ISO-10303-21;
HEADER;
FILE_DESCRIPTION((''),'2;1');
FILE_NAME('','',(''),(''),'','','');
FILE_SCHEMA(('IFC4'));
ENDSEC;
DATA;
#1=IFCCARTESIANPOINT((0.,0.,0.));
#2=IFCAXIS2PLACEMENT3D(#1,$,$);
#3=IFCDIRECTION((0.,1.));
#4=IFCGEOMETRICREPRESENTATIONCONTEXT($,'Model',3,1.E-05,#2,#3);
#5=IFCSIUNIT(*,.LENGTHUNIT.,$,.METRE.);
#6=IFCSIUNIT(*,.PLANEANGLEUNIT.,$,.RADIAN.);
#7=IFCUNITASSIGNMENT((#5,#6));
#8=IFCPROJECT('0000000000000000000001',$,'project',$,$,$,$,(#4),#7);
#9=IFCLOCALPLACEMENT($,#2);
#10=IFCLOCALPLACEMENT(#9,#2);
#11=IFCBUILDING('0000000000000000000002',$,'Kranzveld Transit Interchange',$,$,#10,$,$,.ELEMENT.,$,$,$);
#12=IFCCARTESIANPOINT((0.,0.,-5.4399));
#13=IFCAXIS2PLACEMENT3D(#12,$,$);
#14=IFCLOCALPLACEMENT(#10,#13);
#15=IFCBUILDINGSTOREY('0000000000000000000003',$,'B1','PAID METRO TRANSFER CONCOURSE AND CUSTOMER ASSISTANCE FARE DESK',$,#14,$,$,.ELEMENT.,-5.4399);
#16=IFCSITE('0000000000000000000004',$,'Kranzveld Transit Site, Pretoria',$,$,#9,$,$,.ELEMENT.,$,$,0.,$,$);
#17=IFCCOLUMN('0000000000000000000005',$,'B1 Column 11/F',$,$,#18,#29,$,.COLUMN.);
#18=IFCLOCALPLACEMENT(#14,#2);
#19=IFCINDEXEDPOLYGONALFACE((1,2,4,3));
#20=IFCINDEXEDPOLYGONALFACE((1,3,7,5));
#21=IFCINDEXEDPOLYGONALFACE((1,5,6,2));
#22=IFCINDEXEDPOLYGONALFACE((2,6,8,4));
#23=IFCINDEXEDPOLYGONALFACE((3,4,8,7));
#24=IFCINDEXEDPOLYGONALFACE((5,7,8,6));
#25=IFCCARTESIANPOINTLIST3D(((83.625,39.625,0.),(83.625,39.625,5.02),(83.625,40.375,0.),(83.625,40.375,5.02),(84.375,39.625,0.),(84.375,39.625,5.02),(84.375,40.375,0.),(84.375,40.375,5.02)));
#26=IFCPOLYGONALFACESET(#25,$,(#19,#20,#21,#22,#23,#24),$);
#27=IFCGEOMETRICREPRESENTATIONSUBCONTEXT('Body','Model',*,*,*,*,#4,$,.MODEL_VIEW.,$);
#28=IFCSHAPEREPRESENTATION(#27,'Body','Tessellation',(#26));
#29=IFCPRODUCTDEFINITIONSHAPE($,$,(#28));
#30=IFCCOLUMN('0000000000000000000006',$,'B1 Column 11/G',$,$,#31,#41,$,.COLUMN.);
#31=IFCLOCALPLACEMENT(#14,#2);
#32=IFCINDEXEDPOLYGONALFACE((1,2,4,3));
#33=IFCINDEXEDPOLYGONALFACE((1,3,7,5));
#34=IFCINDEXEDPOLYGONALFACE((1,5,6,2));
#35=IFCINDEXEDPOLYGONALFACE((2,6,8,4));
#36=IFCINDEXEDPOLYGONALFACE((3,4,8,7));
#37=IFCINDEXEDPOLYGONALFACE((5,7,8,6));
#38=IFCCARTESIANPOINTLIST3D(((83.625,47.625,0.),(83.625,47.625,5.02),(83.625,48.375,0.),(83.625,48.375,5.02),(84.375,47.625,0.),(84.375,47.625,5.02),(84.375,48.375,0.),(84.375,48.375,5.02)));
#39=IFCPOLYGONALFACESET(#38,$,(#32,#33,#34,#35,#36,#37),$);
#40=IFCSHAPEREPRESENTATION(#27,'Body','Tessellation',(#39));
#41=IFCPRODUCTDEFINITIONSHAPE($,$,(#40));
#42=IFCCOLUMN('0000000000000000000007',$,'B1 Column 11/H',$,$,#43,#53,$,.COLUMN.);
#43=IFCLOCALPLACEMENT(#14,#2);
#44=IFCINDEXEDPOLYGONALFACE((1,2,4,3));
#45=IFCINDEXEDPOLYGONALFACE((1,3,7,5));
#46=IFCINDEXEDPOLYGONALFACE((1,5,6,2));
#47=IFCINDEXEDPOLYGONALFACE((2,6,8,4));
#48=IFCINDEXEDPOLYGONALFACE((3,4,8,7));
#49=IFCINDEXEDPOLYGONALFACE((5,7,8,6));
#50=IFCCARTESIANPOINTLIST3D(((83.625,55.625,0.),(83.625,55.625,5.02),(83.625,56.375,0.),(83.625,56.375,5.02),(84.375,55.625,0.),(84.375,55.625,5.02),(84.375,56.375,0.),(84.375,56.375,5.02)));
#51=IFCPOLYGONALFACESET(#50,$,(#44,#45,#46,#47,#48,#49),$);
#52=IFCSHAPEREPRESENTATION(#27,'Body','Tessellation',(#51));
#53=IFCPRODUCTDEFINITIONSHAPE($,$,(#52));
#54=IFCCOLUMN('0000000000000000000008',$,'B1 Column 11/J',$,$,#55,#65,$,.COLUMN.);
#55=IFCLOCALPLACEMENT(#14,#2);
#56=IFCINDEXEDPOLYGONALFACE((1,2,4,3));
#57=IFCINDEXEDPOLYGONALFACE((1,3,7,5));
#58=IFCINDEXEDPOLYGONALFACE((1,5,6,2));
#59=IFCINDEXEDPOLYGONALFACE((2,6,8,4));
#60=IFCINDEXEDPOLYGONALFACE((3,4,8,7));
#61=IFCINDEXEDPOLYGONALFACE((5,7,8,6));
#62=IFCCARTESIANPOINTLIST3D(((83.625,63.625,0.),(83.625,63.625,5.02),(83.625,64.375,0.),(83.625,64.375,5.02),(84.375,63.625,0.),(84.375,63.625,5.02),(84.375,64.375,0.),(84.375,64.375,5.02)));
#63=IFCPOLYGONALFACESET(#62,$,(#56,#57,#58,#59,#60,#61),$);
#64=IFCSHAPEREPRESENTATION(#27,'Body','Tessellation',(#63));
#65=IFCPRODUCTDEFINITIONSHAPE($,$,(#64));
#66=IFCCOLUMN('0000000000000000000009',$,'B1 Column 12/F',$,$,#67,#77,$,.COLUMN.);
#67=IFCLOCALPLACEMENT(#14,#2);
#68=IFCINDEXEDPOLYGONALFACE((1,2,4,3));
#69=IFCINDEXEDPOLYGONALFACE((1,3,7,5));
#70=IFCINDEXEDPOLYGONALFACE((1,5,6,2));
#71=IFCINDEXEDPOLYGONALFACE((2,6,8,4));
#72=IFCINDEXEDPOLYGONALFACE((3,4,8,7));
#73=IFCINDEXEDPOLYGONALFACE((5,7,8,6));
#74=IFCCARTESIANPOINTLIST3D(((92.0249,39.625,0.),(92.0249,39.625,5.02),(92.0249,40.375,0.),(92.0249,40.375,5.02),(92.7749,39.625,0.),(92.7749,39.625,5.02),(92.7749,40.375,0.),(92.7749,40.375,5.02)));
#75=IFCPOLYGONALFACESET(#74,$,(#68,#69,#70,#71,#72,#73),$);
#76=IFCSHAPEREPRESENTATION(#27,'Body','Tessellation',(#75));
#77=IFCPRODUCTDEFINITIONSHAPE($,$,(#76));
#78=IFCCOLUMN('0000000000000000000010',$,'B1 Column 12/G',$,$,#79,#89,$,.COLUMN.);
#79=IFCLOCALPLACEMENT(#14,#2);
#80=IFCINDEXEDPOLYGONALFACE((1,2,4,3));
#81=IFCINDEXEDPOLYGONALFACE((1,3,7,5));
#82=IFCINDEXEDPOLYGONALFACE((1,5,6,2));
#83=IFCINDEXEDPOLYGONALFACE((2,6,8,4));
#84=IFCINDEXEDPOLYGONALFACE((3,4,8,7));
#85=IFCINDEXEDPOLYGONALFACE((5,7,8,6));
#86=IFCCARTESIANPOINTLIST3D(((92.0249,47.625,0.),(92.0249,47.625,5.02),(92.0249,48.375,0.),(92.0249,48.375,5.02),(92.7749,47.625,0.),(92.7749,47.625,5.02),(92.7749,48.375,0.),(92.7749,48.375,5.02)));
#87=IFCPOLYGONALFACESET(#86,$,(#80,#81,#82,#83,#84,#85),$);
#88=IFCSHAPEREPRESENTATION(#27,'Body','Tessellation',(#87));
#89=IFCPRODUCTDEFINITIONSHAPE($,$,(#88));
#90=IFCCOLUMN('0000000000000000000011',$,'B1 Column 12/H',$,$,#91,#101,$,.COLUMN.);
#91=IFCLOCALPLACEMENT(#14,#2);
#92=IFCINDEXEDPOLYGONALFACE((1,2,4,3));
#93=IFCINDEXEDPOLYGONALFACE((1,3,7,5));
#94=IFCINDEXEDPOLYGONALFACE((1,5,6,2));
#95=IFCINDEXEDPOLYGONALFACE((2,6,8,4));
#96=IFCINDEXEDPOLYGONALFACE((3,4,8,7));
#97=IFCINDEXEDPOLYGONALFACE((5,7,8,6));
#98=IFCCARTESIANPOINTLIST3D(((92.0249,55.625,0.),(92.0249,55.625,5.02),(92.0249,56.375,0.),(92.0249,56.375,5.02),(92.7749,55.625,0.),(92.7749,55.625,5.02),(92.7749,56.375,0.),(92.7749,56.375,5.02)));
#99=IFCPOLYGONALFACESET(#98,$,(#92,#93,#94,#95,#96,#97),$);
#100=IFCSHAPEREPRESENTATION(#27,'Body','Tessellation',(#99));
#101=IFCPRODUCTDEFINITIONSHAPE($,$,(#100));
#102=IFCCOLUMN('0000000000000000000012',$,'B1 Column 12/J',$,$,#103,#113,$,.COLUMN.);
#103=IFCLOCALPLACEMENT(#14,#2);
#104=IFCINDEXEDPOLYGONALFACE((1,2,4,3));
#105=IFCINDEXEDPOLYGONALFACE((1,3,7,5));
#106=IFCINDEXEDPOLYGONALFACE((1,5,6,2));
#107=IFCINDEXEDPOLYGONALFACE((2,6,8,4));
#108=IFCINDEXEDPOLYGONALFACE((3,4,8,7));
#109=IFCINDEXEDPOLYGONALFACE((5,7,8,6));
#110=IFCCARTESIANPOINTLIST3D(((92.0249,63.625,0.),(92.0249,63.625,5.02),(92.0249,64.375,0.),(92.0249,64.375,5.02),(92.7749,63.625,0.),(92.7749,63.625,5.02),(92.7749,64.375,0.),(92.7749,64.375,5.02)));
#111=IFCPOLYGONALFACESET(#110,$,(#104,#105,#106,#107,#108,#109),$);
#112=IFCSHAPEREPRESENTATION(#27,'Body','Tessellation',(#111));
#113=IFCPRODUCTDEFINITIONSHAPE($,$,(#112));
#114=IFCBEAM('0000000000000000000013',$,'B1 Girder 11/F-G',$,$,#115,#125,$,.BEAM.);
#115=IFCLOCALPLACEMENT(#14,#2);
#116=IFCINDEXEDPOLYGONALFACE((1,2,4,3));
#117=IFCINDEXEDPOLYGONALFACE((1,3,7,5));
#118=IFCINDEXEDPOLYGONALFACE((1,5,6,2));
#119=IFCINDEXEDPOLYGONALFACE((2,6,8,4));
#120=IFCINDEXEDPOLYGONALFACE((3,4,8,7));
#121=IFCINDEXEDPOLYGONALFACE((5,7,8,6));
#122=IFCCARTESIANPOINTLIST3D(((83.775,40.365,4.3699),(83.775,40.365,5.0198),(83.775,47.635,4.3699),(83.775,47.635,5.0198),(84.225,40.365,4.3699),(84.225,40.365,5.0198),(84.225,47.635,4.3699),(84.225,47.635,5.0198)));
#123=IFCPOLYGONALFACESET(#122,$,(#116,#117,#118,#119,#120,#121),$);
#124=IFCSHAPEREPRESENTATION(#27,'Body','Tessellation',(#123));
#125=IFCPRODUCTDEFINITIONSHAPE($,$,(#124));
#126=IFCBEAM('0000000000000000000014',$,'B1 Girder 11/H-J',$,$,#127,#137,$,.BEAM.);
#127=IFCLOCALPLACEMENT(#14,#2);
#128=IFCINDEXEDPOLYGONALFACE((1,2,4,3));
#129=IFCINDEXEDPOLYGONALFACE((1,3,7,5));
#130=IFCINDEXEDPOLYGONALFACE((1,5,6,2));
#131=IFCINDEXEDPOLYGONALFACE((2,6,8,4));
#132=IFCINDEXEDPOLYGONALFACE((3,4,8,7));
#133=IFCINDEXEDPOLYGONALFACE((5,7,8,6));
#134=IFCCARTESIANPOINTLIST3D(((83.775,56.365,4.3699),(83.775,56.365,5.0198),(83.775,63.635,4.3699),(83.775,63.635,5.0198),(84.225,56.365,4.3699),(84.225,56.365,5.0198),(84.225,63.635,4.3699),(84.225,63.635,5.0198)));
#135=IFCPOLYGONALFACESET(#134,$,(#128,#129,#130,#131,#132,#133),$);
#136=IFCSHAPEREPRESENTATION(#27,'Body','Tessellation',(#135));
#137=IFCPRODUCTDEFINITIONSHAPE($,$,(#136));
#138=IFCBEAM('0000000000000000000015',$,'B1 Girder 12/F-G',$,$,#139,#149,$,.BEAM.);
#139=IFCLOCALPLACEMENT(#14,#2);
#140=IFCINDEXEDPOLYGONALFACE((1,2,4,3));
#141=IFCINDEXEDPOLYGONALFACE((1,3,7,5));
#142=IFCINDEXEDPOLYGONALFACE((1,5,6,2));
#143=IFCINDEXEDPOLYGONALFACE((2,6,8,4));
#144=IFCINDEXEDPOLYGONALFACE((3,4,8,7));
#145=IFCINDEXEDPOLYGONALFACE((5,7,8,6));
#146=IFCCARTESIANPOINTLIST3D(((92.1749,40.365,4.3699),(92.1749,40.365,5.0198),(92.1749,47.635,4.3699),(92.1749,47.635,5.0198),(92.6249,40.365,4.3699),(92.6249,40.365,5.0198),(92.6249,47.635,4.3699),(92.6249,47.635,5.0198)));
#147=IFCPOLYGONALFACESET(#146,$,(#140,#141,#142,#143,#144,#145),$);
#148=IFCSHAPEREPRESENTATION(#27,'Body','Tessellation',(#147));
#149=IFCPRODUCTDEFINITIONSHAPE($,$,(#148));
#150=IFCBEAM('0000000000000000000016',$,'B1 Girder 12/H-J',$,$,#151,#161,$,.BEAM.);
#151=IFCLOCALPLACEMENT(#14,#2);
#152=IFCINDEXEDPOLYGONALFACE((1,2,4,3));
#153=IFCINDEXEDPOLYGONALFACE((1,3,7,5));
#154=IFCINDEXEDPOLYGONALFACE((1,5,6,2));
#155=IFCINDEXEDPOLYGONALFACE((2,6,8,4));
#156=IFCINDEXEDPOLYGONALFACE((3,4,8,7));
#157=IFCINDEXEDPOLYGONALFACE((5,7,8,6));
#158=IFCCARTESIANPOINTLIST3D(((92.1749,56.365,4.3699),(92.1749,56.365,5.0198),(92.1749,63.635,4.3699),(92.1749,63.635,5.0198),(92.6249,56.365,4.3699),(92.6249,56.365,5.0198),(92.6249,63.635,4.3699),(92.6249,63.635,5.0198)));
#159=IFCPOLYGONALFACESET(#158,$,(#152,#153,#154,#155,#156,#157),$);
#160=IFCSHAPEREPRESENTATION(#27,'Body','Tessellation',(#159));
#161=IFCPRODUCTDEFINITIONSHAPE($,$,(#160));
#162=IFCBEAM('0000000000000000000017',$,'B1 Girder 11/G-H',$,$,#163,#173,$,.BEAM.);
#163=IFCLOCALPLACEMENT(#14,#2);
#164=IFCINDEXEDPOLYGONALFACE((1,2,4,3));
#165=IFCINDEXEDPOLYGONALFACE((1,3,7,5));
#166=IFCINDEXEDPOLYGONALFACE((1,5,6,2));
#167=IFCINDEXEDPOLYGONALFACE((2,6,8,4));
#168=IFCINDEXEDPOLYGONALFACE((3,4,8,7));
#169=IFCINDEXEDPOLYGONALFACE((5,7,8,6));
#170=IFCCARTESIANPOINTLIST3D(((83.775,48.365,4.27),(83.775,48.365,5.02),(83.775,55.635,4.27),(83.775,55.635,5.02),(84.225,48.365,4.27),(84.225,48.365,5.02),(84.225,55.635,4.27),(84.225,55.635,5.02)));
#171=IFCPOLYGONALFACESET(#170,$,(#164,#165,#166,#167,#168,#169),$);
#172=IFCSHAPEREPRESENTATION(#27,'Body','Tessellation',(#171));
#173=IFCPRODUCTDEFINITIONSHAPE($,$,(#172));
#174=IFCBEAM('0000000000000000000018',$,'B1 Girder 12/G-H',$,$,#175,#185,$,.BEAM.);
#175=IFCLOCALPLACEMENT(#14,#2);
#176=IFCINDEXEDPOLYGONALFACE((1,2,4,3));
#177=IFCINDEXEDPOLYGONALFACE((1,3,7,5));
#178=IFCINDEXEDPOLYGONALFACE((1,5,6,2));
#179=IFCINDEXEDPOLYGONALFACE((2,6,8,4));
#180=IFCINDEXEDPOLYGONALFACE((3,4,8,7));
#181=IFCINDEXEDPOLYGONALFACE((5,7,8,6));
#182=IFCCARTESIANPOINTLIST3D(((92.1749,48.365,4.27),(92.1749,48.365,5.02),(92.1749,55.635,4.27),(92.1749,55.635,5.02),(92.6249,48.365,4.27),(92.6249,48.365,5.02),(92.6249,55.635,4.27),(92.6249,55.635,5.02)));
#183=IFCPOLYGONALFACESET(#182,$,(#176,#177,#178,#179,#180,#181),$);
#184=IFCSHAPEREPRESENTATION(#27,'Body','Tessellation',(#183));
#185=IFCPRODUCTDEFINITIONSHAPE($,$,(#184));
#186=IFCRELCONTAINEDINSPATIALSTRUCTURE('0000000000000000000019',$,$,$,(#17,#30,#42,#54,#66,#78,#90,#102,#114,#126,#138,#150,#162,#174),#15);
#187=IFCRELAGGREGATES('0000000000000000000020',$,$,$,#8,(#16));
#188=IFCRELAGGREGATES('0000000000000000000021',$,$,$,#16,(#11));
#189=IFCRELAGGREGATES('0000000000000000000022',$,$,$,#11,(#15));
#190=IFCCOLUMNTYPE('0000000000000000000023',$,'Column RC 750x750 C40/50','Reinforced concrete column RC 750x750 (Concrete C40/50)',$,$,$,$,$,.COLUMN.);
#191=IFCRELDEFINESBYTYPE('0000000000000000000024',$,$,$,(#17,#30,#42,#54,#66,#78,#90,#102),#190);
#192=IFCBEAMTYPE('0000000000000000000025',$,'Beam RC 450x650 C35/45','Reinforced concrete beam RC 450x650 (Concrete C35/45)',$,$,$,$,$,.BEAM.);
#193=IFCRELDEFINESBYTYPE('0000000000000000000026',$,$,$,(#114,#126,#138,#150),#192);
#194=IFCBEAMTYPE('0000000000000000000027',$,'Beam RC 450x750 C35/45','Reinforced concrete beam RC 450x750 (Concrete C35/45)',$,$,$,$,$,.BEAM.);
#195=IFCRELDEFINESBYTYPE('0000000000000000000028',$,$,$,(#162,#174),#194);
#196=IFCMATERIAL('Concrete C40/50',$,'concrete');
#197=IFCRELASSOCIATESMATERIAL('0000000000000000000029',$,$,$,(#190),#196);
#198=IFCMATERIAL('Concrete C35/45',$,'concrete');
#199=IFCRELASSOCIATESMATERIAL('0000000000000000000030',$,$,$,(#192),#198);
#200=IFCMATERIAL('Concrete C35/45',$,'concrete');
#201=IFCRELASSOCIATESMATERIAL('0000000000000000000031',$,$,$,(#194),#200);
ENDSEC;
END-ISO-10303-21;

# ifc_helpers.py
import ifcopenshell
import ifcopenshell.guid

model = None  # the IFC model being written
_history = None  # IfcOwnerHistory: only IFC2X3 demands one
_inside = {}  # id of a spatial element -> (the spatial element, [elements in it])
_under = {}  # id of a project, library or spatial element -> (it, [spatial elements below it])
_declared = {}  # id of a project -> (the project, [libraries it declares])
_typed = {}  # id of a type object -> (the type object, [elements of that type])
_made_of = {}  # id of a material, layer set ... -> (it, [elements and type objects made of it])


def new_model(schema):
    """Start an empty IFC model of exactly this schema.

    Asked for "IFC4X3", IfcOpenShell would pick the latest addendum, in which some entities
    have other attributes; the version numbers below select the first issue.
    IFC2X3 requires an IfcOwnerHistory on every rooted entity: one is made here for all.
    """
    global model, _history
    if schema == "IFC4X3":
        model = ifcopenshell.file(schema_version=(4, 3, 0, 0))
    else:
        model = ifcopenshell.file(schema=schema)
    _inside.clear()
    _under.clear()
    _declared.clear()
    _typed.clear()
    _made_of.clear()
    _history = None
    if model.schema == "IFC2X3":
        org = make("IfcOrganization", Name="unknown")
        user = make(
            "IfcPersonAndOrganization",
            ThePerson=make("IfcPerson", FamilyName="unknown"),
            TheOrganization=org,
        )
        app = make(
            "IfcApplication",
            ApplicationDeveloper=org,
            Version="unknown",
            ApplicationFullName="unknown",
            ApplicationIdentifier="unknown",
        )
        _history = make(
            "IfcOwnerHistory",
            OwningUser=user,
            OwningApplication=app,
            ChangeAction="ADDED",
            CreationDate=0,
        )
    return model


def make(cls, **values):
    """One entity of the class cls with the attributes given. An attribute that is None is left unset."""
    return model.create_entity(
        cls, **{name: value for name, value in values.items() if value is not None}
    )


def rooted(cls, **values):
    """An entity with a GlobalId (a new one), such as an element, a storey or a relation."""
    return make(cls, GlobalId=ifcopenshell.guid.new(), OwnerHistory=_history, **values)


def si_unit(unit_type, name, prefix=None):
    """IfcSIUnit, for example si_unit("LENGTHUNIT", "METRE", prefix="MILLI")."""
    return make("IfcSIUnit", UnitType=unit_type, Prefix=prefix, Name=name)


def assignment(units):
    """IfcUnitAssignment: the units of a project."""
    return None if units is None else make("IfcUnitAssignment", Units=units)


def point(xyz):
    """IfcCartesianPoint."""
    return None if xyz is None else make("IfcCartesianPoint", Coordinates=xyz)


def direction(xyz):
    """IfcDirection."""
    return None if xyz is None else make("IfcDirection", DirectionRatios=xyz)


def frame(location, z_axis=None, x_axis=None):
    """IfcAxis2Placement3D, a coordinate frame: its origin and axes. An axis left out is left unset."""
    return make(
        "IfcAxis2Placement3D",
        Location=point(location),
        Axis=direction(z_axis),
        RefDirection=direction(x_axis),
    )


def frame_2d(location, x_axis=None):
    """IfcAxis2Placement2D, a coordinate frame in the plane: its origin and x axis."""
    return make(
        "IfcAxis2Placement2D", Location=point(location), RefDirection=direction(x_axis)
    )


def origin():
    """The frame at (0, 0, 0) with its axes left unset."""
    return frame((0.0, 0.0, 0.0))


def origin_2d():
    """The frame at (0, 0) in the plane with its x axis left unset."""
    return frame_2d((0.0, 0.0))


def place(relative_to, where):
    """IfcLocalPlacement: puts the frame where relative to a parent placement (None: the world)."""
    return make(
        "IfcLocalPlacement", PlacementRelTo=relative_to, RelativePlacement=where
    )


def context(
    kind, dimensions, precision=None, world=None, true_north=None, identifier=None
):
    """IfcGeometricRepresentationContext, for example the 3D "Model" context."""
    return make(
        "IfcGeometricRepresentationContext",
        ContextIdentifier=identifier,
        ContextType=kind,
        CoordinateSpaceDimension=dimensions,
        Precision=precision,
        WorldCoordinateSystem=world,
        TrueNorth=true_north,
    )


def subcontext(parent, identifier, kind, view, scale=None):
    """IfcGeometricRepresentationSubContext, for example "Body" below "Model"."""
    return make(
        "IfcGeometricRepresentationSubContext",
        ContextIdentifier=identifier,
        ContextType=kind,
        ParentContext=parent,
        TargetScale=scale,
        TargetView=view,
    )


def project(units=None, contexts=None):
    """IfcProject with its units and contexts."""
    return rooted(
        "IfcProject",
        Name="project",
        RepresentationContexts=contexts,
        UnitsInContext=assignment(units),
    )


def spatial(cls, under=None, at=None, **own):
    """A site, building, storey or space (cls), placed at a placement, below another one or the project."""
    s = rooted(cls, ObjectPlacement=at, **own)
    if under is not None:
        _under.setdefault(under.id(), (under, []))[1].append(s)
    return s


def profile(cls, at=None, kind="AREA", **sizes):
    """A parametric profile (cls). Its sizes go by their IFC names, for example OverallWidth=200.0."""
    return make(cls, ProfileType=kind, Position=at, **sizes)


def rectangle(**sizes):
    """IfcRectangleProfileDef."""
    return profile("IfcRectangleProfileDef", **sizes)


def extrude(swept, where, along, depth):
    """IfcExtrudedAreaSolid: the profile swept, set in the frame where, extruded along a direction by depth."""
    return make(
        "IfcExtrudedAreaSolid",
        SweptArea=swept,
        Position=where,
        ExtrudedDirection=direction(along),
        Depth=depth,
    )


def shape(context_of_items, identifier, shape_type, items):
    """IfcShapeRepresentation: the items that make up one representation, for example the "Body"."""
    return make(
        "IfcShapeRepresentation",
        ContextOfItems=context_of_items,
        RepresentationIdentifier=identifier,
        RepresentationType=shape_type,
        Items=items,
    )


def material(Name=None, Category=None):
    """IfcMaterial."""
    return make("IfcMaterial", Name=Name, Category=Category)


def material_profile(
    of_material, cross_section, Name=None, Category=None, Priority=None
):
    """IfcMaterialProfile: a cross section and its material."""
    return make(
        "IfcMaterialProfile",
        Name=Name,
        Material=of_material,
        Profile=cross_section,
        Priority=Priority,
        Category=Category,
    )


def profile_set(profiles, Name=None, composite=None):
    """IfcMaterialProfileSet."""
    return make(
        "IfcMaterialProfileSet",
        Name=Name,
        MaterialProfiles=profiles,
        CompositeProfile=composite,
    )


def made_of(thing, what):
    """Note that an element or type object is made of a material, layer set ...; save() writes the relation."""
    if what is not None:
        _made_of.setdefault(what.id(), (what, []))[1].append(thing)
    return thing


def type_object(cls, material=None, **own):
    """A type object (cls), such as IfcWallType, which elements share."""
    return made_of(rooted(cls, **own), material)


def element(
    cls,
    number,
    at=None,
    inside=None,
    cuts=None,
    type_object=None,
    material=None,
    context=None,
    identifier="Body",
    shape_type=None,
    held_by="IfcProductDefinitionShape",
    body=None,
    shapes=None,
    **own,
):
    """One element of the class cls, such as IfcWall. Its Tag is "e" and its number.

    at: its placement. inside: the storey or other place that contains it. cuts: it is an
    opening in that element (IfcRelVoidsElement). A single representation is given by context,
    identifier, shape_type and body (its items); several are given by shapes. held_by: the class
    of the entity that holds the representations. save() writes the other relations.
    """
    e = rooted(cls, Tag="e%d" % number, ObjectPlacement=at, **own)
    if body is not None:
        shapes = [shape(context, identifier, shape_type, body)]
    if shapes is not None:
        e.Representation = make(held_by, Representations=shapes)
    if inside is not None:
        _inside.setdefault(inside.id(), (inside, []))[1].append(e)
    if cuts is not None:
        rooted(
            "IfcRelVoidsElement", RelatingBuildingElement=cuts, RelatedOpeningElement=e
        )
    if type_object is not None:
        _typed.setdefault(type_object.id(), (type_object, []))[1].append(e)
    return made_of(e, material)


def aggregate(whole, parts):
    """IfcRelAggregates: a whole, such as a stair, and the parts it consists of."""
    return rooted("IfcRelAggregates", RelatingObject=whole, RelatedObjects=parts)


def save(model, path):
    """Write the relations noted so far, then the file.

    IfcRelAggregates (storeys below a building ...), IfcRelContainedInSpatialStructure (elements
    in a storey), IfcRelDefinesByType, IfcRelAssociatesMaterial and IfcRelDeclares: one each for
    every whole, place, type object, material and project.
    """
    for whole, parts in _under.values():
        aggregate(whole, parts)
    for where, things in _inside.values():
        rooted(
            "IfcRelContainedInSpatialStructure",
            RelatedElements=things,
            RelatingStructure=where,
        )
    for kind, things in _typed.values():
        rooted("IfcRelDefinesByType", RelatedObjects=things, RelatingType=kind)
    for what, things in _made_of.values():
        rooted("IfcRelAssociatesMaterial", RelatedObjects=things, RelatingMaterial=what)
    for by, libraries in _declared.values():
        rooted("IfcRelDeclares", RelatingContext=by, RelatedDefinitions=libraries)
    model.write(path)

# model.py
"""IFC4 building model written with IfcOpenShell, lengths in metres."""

from ifc_helpers import new_model, si_unit, direction, frame, origin, origin_2d, place, context, subcontext, project, spatial, rectangle, extrude, material, material_profile, profile_set, type_object, element, save


model = new_model("IFC4")

# Units and contexts
model_context = context("Model", 3, precision=1e-05, world=origin(), true_north=direction((0.0, 1.0)))
body_context = subcontext(model_context, "Body", "Model", "MODEL_VIEW")
ifc_project = project(units=[si_unit("LENGTHUNIT", "METRE"), si_unit("PLANEANGLEUNIT", "RADIAN")], contexts=[model_context])

# Site, building, storey
site_placement = place(None, origin())
site = spatial("IfcSite", under=ifc_project, at=site_placement, Name="Kranzveld Transit Site, Pretoria", CompositionType="ELEMENT", RefElevation=0.0)
building_placement = place(site_placement, origin())
building = spatial("IfcBuilding", under=site, at=building_placement, Name="Kranzveld Transit Interchange", CompositionType="ELEMENT")
storey_placement = place(building_placement, frame((0.0, 0.0, -5.4399)))
storey = spatial("IfcBuildingStorey", under=building, at=storey_placement, Name="B1", Description="PAID METRO TRANSFER CONCOURSE AND CUSTOMER ASSISTANCE FARE DESK", CompositionType="ELEMENT", Elevation=-5.4399)

# Columns
ifc_material_1 = material(Name="Concrete C40/50", Category="concrete")
ifc_material_profile_1 = material_profile(ifc_material_1, rectangle(XDim=0.75, YDim=0.75, at=origin_2d()), Name="RC 750x750")
ifc_profile_set_1 = profile_set([ifc_material_profile_1], Name="Concrete C40/50")
column_type = type_object("IfcColumnType", Name="Column RC 750x750 C40/50", Description="Reinforced concrete column RC 750x750 (Concrete C40/50)", PredefinedType="COLUMN", material=ifc_profile_set_1)
for number, where, z_axis, x_axis, name in (
    (1, (84.0, 40.0, 0.0), (0.0, 0.0, 1.0), (1.0, 0.0, 0.0), "B1 Column 11/F"),
    (2, (84.0, 48.0, 0.0), (0.0, 0.0, 1.0), (1.0, 0.0, 0.0), "B1 Column 11/G"),
    (3, (84.0, 56.0, 0.0), (0.0, 0.0, 1.0), (1.0, 0.0, 0.0), "B1 Column 11/H"),
    (4, (84.0, 64.0, 0.0), (0.0, 0.0, 1.0), (1.0, 0.0, 0.0), "B1 Column 11/J"),
    (5, (92.3999, 40.0, 0.0), (0.0, 0.0, 1.0), (1.0, 0.0, 0.0), "B1 Column 12/F"),
    (6, (92.3999, 48.0, 0.0), (0.0, 0.0, 1.0), (1.0, 0.0, 0.0), "B1 Column 12/G"),
    (7, (92.3999, 56.0, 0.0), (0.0, 0.0, 1.0), (1.0, 0.0, 0.0), "B1 Column 12/H"),
    (8, (92.3999, 64.0, 0.0), (0.0, 0.0, 1.0), (1.0, 0.0, 0.0), "B1 Column 12/J"),
):
    element("IfcColumn", number, at=place(storey_placement, frame(where, z_axis=z_axis, x_axis=x_axis)), inside=storey, type_object=column_type, Name=name, PredefinedType="COLUMN", context=body_context, shape_type="SweptSolid", body=[
        extrude(rectangle(XDim=0.75, YDim=0.75, at=origin_2d()), origin(), (0.0, 0.0, 1.0), 5.02),
    ])

# Beams
ifc_material_2 = material(Name="Concrete C35/45", Category="concrete")
ifc_material_profile_2 = material_profile(ifc_material_2, rectangle(XDim=0.45, YDim=0.6499, at=origin_2d()), Name="RC 450x650")
ifc_profile_set_2 = profile_set([ifc_material_profile_2], Name="Concrete C35/45")
beam_type_1 = type_object("IfcBeamType", Name="Beam RC 450x650 C35/45", Description="Reinforced concrete beam RC 450x650 (Concrete C35/45)", PredefinedType="BEAM", material=ifc_profile_set_2)
for number, where, z_axis, x_axis, name in (
    (9, (84.0, 40.365, 4.6948), (0.0, 1.0, 0.0), (-1.0, 0.0, 0.0), "B1 Girder 11/F-G"),
    (10, (84.0, 56.365, 4.6948), (0.0, 1.0, 0.0), (-1.0, 0.0, 0.0), "B1 Girder 11/H-J"),
    (11, (92.3999, 40.365, 4.6948), (0.0, 1.0, 0.0), (-1.0, 0.0, 0.0), "B1 Girder 12/F-G"),
    (12, (92.3999, 56.365, 4.6948), (0.0, 1.0, 0.0), (-1.0, 0.0, 0.0), "B1 Girder 12/H-J"),
):
    element("IfcBeam", number, at=place(storey_placement, frame(where, z_axis=z_axis, x_axis=x_axis)), inside=storey, type_object=beam_type_1, Name=name, PredefinedType="BEAM", context=body_context, shape_type="SweptSolid", body=[
        extrude(rectangle(XDim=0.45, YDim=0.6499, at=origin_2d()), origin(), (0.0, 0.0, 1.0), 7.27),
    ])
ifc_material_3 = material(Name="Concrete C35/45", Category="concrete")
ifc_material_profile_3 = material_profile(ifc_material_3, rectangle(XDim=0.45, YDim=0.75, at=origin_2d()), Name="RC 450x750")
ifc_profile_set_3 = profile_set([ifc_material_profile_3], Name="Concrete C35/45")
beam_type_2 = type_object("IfcBeamType", Name="Beam RC 450x750 C35/45", Description="Reinforced concrete beam RC 450x750 (Concrete C35/45)", PredefinedType="BEAM", material=ifc_profile_set_3)
for number, where, z_axis, x_axis, name in (
    (13, (84.0, 48.365, 4.645), (0.0, 1.0, 0.0), (-1.0, 0.0, 0.0), "B1 Girder 11/G-H"),
    (14, (92.3999, 48.365, 4.645), (0.0, 1.0, 0.0), (-1.0, 0.0, 0.0), "B1 Girder 12/G-H"),
):
    element("IfcBeam", number, at=place(storey_placement, frame(where, z_axis=z_axis, x_axis=x_axis)), inside=storey, type_object=beam_type_2, Name=name, PredefinedType="BEAM", context=body_context, shape_type="SweptSolid", body=[
        extrude(rectangle(XDim=0.45, YDim=0.75, at=origin_2d()), origin(), (0.0, 0.0, 1.0), 7.27),
    ])

save(model, "model.ifc")
